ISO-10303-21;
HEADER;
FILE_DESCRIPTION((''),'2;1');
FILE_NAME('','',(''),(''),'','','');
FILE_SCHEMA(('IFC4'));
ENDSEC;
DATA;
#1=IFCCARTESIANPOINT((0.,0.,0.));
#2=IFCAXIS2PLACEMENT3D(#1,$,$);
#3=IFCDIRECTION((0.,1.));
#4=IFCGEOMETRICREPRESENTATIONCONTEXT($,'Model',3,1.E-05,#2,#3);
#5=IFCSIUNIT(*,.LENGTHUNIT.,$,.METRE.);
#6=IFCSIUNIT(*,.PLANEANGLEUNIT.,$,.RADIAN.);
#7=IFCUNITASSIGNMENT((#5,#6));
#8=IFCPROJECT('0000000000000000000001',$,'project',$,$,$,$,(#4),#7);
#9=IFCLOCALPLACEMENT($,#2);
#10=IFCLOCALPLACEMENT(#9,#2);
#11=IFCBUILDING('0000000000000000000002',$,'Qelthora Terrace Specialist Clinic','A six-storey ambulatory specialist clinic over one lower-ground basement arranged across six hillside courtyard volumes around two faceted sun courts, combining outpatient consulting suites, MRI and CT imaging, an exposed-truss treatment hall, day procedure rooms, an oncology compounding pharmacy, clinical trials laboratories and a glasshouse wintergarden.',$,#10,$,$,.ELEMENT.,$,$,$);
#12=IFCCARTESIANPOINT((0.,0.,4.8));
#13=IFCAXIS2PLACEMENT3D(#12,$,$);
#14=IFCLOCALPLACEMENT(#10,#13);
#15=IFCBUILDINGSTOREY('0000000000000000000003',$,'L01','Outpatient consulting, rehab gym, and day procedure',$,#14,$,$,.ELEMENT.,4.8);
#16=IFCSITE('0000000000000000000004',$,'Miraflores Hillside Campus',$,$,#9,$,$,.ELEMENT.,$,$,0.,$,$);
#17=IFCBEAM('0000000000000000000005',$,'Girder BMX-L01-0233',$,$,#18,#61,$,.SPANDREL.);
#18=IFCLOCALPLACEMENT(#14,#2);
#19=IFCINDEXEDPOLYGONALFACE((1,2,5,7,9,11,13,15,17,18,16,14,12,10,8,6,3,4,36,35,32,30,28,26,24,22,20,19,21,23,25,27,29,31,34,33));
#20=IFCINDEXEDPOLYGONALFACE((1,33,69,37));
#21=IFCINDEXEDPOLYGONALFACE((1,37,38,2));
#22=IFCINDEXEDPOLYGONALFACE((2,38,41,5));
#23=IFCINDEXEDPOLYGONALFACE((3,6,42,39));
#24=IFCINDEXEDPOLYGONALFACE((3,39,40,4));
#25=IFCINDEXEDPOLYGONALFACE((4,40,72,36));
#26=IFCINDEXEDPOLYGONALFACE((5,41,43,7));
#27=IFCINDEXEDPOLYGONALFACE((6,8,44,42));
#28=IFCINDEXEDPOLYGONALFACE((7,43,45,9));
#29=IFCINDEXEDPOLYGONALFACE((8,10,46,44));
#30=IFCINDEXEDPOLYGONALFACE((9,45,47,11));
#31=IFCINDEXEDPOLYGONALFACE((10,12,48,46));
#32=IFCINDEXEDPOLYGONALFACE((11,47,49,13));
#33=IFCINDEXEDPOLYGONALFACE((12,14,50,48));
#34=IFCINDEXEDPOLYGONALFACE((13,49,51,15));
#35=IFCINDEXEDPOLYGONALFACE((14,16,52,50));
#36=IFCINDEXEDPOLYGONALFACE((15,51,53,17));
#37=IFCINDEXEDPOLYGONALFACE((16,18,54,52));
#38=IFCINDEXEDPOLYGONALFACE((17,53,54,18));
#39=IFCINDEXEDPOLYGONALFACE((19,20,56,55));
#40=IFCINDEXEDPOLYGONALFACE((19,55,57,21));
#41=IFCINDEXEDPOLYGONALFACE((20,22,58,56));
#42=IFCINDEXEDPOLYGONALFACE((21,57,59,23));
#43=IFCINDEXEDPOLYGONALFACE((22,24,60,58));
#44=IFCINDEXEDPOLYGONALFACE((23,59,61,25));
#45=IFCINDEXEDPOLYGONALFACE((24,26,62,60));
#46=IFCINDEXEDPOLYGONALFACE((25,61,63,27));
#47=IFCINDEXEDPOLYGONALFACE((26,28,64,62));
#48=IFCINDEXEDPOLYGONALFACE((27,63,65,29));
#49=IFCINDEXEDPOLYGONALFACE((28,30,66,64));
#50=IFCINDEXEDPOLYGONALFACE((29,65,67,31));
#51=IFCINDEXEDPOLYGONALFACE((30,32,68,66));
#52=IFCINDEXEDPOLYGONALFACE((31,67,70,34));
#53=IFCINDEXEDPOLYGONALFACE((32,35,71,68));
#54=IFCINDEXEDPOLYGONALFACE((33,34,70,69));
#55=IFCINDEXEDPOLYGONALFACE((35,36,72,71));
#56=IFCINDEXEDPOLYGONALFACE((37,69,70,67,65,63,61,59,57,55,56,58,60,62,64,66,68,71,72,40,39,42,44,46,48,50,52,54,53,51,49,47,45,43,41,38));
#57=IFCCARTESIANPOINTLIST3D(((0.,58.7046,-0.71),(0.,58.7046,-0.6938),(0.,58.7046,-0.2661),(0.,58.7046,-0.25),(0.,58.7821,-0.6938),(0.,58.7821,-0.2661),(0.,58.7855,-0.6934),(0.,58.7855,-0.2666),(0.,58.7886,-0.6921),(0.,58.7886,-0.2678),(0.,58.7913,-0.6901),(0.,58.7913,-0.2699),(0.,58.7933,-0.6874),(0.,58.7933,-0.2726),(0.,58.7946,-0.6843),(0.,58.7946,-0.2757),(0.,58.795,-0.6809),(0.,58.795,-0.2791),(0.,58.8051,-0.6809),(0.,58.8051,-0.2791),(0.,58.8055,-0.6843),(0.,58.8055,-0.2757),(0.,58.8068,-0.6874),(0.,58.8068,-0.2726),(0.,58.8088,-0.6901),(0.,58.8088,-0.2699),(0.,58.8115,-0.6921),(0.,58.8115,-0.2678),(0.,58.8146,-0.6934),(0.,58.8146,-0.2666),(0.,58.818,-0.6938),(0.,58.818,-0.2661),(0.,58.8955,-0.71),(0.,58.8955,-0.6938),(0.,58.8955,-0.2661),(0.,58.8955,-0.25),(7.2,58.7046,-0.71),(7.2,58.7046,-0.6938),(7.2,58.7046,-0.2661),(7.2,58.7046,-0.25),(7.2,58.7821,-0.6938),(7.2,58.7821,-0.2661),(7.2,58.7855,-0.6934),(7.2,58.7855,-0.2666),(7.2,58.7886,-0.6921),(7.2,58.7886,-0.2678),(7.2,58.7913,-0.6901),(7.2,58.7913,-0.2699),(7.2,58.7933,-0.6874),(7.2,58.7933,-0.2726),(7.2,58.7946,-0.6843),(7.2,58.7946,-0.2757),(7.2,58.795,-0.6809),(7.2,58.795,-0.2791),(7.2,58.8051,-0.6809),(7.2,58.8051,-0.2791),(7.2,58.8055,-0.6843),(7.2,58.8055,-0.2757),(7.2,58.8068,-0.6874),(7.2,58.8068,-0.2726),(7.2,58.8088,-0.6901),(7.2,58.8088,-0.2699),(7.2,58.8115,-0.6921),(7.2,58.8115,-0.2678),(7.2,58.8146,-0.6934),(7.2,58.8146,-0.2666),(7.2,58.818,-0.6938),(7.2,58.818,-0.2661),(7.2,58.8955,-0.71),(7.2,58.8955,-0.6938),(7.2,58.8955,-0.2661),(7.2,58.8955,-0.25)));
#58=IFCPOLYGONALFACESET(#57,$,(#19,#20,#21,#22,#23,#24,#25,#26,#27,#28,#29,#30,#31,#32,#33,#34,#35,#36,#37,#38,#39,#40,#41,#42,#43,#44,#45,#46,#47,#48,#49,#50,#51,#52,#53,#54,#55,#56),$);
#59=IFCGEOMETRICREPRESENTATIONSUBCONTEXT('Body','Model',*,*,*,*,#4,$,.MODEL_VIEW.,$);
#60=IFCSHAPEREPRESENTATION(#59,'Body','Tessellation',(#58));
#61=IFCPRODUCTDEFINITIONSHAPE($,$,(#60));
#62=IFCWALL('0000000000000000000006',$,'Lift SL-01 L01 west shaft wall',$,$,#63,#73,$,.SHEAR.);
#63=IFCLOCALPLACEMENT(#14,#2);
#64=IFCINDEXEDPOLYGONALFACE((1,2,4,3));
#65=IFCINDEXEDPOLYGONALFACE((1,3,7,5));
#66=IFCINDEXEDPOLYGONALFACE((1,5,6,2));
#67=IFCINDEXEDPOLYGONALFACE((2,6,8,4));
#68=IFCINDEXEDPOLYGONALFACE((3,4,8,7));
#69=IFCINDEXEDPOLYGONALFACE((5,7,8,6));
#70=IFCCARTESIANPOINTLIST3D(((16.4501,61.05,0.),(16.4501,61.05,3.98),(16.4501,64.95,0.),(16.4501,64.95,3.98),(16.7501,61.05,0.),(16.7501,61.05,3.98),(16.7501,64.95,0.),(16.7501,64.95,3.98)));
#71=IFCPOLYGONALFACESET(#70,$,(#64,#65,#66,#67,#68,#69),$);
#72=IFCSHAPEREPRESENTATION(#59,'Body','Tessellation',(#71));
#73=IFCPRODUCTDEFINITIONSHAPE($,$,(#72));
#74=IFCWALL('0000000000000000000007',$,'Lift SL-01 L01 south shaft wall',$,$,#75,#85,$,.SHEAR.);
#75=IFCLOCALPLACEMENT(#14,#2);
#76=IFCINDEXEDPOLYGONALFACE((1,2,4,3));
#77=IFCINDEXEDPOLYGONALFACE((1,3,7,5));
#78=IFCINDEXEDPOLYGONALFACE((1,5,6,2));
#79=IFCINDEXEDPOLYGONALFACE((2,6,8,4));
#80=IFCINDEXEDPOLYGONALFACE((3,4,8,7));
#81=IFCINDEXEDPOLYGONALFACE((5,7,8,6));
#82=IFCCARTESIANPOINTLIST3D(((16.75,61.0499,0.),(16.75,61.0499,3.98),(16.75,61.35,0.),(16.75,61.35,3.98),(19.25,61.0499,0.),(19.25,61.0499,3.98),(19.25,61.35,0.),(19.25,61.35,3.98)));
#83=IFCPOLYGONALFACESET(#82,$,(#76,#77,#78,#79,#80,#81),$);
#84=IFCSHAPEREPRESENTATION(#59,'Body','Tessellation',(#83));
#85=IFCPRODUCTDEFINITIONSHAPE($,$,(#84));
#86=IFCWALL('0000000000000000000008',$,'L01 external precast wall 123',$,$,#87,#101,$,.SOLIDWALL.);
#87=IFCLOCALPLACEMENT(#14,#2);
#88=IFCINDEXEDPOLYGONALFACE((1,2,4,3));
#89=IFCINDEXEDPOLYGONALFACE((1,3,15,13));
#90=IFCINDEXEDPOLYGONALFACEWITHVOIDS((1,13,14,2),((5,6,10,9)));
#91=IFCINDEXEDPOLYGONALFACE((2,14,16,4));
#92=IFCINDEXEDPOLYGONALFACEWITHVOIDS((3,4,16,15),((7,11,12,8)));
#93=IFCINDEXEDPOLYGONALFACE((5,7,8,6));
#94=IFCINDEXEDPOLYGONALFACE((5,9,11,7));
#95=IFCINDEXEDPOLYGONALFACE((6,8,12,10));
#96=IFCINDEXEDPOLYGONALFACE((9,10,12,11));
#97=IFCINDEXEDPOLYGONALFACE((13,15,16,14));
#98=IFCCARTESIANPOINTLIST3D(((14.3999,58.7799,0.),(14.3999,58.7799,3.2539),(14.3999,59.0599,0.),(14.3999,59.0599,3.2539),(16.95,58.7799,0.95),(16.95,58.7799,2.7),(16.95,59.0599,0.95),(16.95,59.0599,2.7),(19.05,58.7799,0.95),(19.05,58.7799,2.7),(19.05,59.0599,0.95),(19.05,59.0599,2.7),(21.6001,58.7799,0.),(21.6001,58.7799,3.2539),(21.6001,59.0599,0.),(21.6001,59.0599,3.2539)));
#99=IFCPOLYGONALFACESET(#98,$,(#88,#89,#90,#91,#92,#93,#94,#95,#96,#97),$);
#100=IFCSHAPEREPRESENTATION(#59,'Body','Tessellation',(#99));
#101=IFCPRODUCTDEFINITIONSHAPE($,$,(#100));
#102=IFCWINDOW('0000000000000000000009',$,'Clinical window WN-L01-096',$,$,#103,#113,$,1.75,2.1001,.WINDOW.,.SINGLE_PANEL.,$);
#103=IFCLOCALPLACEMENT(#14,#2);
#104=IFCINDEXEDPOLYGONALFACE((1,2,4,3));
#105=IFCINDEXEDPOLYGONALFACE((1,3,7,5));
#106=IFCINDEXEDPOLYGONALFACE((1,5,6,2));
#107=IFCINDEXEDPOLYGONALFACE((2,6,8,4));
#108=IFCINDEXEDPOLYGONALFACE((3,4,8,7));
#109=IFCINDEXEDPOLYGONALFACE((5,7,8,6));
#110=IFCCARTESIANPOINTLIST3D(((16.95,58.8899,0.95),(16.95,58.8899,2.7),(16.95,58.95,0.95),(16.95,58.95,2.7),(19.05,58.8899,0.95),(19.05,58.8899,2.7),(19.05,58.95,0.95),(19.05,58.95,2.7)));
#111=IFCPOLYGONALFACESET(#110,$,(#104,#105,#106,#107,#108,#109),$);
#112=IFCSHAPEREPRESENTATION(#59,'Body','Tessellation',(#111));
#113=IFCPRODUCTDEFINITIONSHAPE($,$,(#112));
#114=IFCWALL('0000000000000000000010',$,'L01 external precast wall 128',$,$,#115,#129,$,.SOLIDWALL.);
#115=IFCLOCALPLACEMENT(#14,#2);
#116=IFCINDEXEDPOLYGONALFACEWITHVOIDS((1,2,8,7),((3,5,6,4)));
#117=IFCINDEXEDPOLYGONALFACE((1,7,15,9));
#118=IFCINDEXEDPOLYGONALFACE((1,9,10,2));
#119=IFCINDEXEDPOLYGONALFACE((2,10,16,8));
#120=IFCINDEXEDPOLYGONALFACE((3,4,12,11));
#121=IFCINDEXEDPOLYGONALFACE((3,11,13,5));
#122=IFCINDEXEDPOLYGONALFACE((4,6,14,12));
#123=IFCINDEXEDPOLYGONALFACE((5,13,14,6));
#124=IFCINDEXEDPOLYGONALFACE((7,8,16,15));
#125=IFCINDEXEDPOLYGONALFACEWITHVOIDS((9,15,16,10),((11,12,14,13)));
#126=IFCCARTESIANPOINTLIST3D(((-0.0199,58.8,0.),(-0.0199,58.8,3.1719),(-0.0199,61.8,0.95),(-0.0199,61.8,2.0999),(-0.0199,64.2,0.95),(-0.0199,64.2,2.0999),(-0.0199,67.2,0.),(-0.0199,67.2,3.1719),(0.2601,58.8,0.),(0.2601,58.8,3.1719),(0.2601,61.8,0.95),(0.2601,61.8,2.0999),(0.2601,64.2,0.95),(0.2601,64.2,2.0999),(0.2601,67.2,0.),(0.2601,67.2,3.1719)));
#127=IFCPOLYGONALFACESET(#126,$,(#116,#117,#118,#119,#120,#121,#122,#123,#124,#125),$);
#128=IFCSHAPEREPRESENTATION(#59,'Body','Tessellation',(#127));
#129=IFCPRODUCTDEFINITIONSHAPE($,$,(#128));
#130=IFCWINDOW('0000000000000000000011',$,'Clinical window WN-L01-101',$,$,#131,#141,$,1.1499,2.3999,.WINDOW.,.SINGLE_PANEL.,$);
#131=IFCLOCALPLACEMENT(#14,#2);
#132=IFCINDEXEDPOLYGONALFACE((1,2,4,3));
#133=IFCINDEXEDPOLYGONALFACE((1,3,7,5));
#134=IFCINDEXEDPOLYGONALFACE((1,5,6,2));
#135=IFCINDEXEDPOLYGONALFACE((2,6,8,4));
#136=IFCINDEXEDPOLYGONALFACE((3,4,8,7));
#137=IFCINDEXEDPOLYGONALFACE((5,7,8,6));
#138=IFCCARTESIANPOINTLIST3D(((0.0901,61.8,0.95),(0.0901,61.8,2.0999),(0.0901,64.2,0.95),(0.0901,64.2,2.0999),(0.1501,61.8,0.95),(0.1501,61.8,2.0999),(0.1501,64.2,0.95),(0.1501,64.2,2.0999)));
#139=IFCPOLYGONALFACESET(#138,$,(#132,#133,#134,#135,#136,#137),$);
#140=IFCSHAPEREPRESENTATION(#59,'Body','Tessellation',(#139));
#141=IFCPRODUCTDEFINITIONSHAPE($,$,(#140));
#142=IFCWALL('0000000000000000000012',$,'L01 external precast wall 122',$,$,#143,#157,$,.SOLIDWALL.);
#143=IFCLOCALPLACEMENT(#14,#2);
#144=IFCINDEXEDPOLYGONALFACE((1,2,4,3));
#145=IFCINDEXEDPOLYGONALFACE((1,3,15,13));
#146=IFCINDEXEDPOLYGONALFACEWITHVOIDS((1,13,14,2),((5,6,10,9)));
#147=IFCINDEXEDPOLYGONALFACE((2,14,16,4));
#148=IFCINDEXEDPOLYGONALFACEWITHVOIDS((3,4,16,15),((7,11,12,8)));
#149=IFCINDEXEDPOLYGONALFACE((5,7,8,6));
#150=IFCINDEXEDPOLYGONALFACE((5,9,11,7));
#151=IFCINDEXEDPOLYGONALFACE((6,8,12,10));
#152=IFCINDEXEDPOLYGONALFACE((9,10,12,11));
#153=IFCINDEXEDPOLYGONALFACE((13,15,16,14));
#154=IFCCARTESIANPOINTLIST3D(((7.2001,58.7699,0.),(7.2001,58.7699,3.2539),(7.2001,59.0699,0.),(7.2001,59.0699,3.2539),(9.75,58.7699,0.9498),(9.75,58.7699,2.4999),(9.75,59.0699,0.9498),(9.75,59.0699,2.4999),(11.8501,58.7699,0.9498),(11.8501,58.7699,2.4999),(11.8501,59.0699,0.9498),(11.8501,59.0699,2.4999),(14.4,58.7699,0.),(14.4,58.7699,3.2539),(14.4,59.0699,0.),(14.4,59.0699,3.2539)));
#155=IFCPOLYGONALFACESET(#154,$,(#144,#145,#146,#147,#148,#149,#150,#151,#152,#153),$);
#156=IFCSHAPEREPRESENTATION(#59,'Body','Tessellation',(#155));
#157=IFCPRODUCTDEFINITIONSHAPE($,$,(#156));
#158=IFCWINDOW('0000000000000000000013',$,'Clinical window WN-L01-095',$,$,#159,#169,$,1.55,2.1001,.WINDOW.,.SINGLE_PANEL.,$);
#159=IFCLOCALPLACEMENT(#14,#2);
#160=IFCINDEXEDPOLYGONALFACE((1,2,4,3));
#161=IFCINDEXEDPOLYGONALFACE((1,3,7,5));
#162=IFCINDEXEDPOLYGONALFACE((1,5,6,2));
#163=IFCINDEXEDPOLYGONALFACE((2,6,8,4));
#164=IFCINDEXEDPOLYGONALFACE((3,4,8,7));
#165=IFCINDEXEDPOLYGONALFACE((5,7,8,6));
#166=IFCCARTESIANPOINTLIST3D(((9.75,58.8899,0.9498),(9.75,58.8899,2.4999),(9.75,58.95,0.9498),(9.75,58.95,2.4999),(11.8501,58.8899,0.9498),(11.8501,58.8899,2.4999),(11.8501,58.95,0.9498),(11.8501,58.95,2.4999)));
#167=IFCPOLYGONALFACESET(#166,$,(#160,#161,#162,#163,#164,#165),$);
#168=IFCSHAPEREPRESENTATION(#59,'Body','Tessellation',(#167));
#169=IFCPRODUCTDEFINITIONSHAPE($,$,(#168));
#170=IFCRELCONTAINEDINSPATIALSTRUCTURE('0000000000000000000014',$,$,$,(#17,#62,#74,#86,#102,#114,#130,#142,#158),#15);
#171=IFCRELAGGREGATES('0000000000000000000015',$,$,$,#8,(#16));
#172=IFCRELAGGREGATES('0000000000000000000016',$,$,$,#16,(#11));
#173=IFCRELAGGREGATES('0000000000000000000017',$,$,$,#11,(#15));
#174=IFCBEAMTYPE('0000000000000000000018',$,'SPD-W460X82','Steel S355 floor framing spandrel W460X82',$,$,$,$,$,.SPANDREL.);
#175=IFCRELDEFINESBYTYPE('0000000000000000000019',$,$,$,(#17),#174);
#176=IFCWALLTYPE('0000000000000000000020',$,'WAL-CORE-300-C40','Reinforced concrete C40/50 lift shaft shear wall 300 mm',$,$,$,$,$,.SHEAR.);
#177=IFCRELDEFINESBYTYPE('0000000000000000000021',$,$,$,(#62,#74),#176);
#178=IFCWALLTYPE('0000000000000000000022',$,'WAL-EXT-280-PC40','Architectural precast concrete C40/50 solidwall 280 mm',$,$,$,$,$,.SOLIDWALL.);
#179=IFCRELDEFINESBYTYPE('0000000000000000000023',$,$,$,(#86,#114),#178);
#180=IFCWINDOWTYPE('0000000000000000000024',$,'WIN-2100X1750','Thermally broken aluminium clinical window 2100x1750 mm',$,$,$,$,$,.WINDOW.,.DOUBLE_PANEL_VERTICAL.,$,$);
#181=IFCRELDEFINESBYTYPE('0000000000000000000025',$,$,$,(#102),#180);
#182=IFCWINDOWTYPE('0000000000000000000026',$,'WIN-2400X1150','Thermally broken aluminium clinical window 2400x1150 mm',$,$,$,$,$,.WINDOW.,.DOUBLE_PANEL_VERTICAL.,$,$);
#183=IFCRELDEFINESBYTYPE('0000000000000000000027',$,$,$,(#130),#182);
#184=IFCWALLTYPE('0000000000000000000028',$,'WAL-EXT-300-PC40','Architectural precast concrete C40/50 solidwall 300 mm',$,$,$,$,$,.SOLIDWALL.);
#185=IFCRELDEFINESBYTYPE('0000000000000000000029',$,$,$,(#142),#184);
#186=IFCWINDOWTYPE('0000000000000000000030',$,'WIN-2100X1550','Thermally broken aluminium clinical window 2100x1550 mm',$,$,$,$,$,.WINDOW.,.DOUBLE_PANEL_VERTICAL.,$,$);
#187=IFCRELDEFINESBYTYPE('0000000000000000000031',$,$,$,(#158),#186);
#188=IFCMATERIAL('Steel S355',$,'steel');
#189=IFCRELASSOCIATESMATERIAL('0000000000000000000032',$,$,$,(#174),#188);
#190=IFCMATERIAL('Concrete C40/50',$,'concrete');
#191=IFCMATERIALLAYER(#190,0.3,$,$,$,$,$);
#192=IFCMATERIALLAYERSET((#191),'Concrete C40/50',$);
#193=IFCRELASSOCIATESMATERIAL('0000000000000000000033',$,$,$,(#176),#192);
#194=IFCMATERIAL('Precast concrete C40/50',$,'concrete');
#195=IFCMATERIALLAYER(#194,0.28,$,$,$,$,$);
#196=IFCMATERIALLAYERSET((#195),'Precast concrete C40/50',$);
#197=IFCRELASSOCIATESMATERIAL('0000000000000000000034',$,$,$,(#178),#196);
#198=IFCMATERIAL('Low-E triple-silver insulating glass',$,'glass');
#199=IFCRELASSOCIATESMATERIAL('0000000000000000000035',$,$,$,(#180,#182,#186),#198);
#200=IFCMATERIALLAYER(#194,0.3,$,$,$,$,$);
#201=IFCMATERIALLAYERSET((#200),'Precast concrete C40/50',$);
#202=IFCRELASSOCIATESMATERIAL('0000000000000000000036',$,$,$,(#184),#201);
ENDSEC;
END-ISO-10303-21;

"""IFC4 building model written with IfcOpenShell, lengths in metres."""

from ifc_helpers import new_model, si_unit, direction, frame, frame_2d, origin, origin_2d, place, context, subcontext, project, spatial, rectangle, i_section, extrude, material, layer, layer_set, material_profile, profile_set, type_object, element, fill, save


model = new_model("IFC4")

# Units and contexts
model_context = context("Model", 3, precision=1e-05, world=origin(), true_north=direction((0.0, 1.0)))
body_context = subcontext(model_context, "Body", "Model", "MODEL_VIEW")
ifc_project = project(units=[si_unit("LENGTHUNIT", "METRE"), si_unit("PLANEANGLEUNIT", "RADIAN")], contexts=[model_context])

# Site, building, storey
site_placement = place(None, origin())
site = spatial("IfcSite", under=ifc_project, at=site_placement, Name="Miraflores Hillside Campus", CompositionType="ELEMENT", RefElevation=0.0)
building_placement = place(site_placement, origin())
building = spatial("IfcBuilding", under=site, at=building_placement, Name="Qelthora Terrace Specialist Clinic", Description="A six-storey ambulatory specialist clinic over one lower-ground basement arranged across six hillside courtyard volumes around two faceted sun courts, combining outpatient consulting suites, MRI and CT imaging, an exposed-truss treatment hall, day procedure rooms, an oncology compounding pharmacy, clinical trials laboratories and a glasshouse wintergarden.", CompositionType="ELEMENT")
storey_placement = place(building_placement, frame((0.0, 0.0, 4.8)))
storey = spatial("IfcBuildingStorey", under=building, at=storey_placement, Name="L01", Description="Outpatient consulting, rehab gym, and day procedure", CompositionType="ELEMENT", Elevation=4.8)

# Shared definitions
ifc_material_1 = material(Name="Steel S355", Category="steel")

# Beam
ifc_material_profile_1 = material_profile(ifc_material_1, i_section(OverallWidth=0.1909, OverallDepth=0.46, WebThickness=0.01, FlangeThickness=0.0161, FilletRadius=0.0129, at=origin_2d()), Name="W460X82")
ifc_profile_set_1 = profile_set([ifc_material_profile_1], Name="Steel S355")
beam_type_1 = type_object("IfcBeamType", Name="SPD-W460X82", Description="Steel S355 floor framing spandrel W460X82", PredefinedType="SPANDREL", material=ifc_profile_set_1)
beam_1_placement = place(storey_placement, frame((0.0, 58.8, -0.48), z_axis=(1.0, 0.0, 0.0), x_axis=(0.0, 1.0, 0.0)))
element("IfcBeam", 1, at=beam_1_placement, inside=storey, type_object=beam_type_1, Name="Girder BMX-L01-0233", PredefinedType="SPANDREL", context=body_context, shape_type="SweptSolid", body=[
    extrude(i_section(OverallWidth=0.1909, OverallDepth=0.46, WebThickness=0.01, FlangeThickness=0.0161, FilletRadius=0.0129, at=origin_2d()), origin(), (0.0, 0.0, 1.0), 7.2),
])

# Wall
ifc_material_2 = material(Name="Concrete C40/50", Category="concrete")
ifc_layer_1 = layer(ifc_material_2, 0.3)
ifc_layer_set_1 = layer_set([ifc_layer_1], Name="Concrete C40/50")
wall_type_1 = type_object("IfcWallType", Name="WAL-CORE-300-C40", Description="Reinforced concrete C40/50 lift shaft shear wall 300 mm", PredefinedType="SHEAR", material=ifc_layer_set_1)
wall_1_placement = place(storey_placement, frame((16.6001, 61.05, 0.0), z_axis=(0.0, 0.0, 1.0), x_axis=(0.0, 1.0, 0.0)))
element("IfcWall", 2, at=wall_1_placement, inside=storey, type_object=wall_type_1, Name="Lift SL-01 L01 west shaft wall", PredefinedType="SHEAR", context=body_context, shape_type="SweptSolid", body=[
    extrude(rectangle(XDim=3.8999, YDim=0.3, at=frame_2d((1.95, 0.0))), origin(), (0.0, 0.0, 1.0), 3.98),
])

# Wall
wall_2_placement = place(storey_placement, frame((16.75, 61.2, 0.0), z_axis=(0.0, 0.0, 1.0), x_axis=(1.0, 0.0, 0.0)))
element("IfcWall", 3, at=wall_2_placement, inside=storey, type_object=wall_type_1, Name="Lift SL-01 L01 south shaft wall", PredefinedType="SHEAR", context=body_context, shape_type="SweptSolid", body=[
    extrude(rectangle(XDim=2.5, YDim=0.3, at=frame_2d((1.25, 0.0))), origin(), (0.0, 0.0, 1.0), 3.98),
])

# Walls, openings, windows
ifc_material_3 = material(Name="Precast concrete C40/50", Category="concrete")
ifc_layer_2 = layer(ifc_material_3, 0.28)
ifc_layer_set_2 = layer_set([ifc_layer_2], Name="Precast concrete C40/50")
wall_type_2 = type_object("IfcWallType", Name="WAL-EXT-280-PC40", Description="Architectural precast concrete C40/50 solidwall 280 mm", PredefinedType="SOLIDWALL", material=ifc_layer_set_2)
wall_3_placement = place(storey_placement, frame((14.3999, 58.9199, 0.0), z_axis=(0.0, 0.0, 1.0), x_axis=(1.0, 0.0, 0.0)))
wall_3 = element("IfcWall", 4, at=wall_3_placement, inside=storey, type_object=wall_type_2, Name="L01 external precast wall 123", PredefinedType="SOLIDWALL", context=body_context, shape_type="SweptSolid", body=[
    extrude(rectangle(XDim=7.2002, YDim=0.28, at=frame_2d((3.6001, 0.0))), origin(), (0.0, 0.0, 1.0), 3.2539),
])
opening_1_placement = place(wall_3_placement, frame((2.55, 0.0, 0.95)))
opening_1 = element("IfcOpeningElement", 5, at=opening_1_placement, cuts=wall_3, PredefinedType="OPENING", context=body_context, shape_type="SweptSolid", body=[
    extrude(rectangle(XDim=2.1001, YDim=1.75, at=frame_2d((1.05, 0.875))), frame((0.0, 0.1499, 0.0), z_axis=(0.0, -1.0, 0.0), x_axis=(1.0, 0.0, 0.0)), (0.0, 0.0, 1.0), 0.3),
])
ifc_material_4 = material(Name="Low-E triple-silver insulating glass", Category="glass")
window_type_1 = type_object("IfcWindowType", Name="WIN-2100X1750", Description="Thermally broken aluminium clinical window 2100x1750 mm", PartitioningType="DOUBLE_PANEL_VERTICAL", PredefinedType="WINDOW", material=ifc_material_4)
window_1_placement = place(opening_1_placement, origin())
window_1 = element("IfcWindow", 6, at=window_1_placement, inside=storey, type_object=window_type_1, Name="Clinical window WN-L01-096", OverallHeight=1.75, OverallWidth=2.1001, PartitioningType="SINGLE_PANEL", PredefinedType="WINDOW", context=body_context, shape_type="SweptSolid", body=[
    extrude(rectangle(XDim=2.1001, YDim=1.75, at=frame_2d((1.05, 0.875))), frame((0.0, 0.03, 0.0), z_axis=(0.0, -1.0, 0.0), x_axis=(1.0, 0.0, 0.0)), (0.0, 0.0, 1.0), 0.0601),
])
fill(opening_1, window_1)
wall_4_placement = place(storey_placement, frame((0.1201, 58.8, 0.0), z_axis=(0.0, 0.0, 1.0), x_axis=(0.0, 1.0, 0.0)))
wall_4 = element("IfcWall", 7, at=wall_4_placement, inside=storey, type_object=wall_type_2, Name="L01 external precast wall 128", PredefinedType="SOLIDWALL", context=body_context, shape_type="SweptSolid", body=[
    extrude(rectangle(XDim=8.3999, YDim=0.28, at=frame_2d((4.2, 0.0))), origin(), (0.0, 0.0, 1.0), 3.1719),
])
opening_2_placement = place(wall_4_placement, frame((3.0, 0.0, 0.95)))
opening_2 = element("IfcOpeningElement", 8, at=opening_2_placement, cuts=wall_4, PredefinedType="OPENING", context=body_context, shape_type="SweptSolid", body=[
    extrude(rectangle(XDim=2.3999, YDim=1.1499, at=frame_2d((1.2, 0.575))), frame((0.0, 0.1499, 0.0), z_axis=(0.0, -1.0, 0.0), x_axis=(1.0, 0.0, 0.0)), (0.0, 0.0, 1.0), 0.3),
])
window_type_2 = type_object("IfcWindowType", Name="WIN-2400X1150", Description="Thermally broken aluminium clinical window 2400x1150 mm", PartitioningType="DOUBLE_PANEL_VERTICAL", PredefinedType="WINDOW", material=ifc_material_4)
window_2_placement = place(opening_2_placement, origin())
window_2 = element("IfcWindow", 9, at=window_2_placement, inside=storey, type_object=window_type_2, Name="Clinical window WN-L01-101", OverallHeight=1.1499, OverallWidth=2.3999, PartitioningType="SINGLE_PANEL", PredefinedType="WINDOW", context=body_context, shape_type="SweptSolid", body=[
    extrude(rectangle(XDim=2.3999, YDim=1.1499, at=frame_2d((1.2, 0.575))), frame((0.0, 0.03, 0.0), z_axis=(0.0, -1.0, 0.0), x_axis=(1.0, 0.0, 0.0)), (0.0, 0.0, 1.0), 0.0601),
])
fill(opening_2, window_2)
ifc_layer_3 = layer(ifc_material_3, 0.3)
ifc_layer_set_3 = layer_set([ifc_layer_3], Name="Precast concrete C40/50")
wall_type_3 = type_object("IfcWallType", Name="WAL-EXT-300-PC40", Description="Architectural precast concrete C40/50 solidwall 300 mm", PredefinedType="SOLIDWALL", material=ifc_layer_set_3)
wall_5_placement = place(storey_placement, frame((7.2, 58.9199, 0.0), z_axis=(0.0, 0.0, 1.0), x_axis=(1.0, 0.0, 0.0)))
wall_5 = element("IfcWall", 10, at=wall_5_placement, inside=storey, type_object=wall_type_3, Name="L01 external precast wall 122", PredefinedType="SOLIDWALL", context=body_context, shape_type="SweptSolid", body=[
    extrude(rectangle(XDim=7.2, YDim=0.3, at=frame_2d((3.6001, 0.0))), origin(), (0.0, 0.0, 1.0), 3.2539),
])
opening_3_placement = place(wall_5_placement, frame((2.55, 0.0, 0.95)))
opening_3 = element("IfcOpeningElement", 11, at=opening_3_placement, cuts=wall_5, PredefinedType="OPENING", context=body_context, shape_type="SweptSolid", body=[
    extrude(rectangle(XDim=2.1001, YDim=1.55, at=frame_2d((1.05, 0.7749))), frame((0.0, 0.1599, 0.0), z_axis=(0.0, -1.0, 0.0), x_axis=(1.0, 0.0, 0.0)), (0.0, 0.0, 1.0), 0.3201),
])
window_type_3 = type_object("IfcWindowType", Name="WIN-2100X1550", Description="Thermally broken aluminium clinical window 2100x1550 mm", PartitioningType="DOUBLE_PANEL_VERTICAL", PredefinedType="WINDOW", material=ifc_material_4)
window_3_placement = place(opening_3_placement, origin())
window_3 = element("IfcWindow", 12, at=window_3_placement, inside=storey, type_object=window_type_3, Name="Clinical window WN-L01-095", OverallHeight=1.55, OverallWidth=2.1001, PartitioningType="SINGLE_PANEL", PredefinedType="WINDOW", context=body_context, shape_type="SweptSolid", body=[
    extrude(rectangle(XDim=2.1001, YDim=1.55, at=frame_2d((1.05, 0.7749))), frame((0.0, 0.03, 0.0), z_axis=(0.0, -1.0, 0.0), x_axis=(1.0, 0.0, 0.0)), (0.0, 0.0, 1.0), 0.0601),
])
fill(opening_3, window_3)

save(model, "model.ifc")
